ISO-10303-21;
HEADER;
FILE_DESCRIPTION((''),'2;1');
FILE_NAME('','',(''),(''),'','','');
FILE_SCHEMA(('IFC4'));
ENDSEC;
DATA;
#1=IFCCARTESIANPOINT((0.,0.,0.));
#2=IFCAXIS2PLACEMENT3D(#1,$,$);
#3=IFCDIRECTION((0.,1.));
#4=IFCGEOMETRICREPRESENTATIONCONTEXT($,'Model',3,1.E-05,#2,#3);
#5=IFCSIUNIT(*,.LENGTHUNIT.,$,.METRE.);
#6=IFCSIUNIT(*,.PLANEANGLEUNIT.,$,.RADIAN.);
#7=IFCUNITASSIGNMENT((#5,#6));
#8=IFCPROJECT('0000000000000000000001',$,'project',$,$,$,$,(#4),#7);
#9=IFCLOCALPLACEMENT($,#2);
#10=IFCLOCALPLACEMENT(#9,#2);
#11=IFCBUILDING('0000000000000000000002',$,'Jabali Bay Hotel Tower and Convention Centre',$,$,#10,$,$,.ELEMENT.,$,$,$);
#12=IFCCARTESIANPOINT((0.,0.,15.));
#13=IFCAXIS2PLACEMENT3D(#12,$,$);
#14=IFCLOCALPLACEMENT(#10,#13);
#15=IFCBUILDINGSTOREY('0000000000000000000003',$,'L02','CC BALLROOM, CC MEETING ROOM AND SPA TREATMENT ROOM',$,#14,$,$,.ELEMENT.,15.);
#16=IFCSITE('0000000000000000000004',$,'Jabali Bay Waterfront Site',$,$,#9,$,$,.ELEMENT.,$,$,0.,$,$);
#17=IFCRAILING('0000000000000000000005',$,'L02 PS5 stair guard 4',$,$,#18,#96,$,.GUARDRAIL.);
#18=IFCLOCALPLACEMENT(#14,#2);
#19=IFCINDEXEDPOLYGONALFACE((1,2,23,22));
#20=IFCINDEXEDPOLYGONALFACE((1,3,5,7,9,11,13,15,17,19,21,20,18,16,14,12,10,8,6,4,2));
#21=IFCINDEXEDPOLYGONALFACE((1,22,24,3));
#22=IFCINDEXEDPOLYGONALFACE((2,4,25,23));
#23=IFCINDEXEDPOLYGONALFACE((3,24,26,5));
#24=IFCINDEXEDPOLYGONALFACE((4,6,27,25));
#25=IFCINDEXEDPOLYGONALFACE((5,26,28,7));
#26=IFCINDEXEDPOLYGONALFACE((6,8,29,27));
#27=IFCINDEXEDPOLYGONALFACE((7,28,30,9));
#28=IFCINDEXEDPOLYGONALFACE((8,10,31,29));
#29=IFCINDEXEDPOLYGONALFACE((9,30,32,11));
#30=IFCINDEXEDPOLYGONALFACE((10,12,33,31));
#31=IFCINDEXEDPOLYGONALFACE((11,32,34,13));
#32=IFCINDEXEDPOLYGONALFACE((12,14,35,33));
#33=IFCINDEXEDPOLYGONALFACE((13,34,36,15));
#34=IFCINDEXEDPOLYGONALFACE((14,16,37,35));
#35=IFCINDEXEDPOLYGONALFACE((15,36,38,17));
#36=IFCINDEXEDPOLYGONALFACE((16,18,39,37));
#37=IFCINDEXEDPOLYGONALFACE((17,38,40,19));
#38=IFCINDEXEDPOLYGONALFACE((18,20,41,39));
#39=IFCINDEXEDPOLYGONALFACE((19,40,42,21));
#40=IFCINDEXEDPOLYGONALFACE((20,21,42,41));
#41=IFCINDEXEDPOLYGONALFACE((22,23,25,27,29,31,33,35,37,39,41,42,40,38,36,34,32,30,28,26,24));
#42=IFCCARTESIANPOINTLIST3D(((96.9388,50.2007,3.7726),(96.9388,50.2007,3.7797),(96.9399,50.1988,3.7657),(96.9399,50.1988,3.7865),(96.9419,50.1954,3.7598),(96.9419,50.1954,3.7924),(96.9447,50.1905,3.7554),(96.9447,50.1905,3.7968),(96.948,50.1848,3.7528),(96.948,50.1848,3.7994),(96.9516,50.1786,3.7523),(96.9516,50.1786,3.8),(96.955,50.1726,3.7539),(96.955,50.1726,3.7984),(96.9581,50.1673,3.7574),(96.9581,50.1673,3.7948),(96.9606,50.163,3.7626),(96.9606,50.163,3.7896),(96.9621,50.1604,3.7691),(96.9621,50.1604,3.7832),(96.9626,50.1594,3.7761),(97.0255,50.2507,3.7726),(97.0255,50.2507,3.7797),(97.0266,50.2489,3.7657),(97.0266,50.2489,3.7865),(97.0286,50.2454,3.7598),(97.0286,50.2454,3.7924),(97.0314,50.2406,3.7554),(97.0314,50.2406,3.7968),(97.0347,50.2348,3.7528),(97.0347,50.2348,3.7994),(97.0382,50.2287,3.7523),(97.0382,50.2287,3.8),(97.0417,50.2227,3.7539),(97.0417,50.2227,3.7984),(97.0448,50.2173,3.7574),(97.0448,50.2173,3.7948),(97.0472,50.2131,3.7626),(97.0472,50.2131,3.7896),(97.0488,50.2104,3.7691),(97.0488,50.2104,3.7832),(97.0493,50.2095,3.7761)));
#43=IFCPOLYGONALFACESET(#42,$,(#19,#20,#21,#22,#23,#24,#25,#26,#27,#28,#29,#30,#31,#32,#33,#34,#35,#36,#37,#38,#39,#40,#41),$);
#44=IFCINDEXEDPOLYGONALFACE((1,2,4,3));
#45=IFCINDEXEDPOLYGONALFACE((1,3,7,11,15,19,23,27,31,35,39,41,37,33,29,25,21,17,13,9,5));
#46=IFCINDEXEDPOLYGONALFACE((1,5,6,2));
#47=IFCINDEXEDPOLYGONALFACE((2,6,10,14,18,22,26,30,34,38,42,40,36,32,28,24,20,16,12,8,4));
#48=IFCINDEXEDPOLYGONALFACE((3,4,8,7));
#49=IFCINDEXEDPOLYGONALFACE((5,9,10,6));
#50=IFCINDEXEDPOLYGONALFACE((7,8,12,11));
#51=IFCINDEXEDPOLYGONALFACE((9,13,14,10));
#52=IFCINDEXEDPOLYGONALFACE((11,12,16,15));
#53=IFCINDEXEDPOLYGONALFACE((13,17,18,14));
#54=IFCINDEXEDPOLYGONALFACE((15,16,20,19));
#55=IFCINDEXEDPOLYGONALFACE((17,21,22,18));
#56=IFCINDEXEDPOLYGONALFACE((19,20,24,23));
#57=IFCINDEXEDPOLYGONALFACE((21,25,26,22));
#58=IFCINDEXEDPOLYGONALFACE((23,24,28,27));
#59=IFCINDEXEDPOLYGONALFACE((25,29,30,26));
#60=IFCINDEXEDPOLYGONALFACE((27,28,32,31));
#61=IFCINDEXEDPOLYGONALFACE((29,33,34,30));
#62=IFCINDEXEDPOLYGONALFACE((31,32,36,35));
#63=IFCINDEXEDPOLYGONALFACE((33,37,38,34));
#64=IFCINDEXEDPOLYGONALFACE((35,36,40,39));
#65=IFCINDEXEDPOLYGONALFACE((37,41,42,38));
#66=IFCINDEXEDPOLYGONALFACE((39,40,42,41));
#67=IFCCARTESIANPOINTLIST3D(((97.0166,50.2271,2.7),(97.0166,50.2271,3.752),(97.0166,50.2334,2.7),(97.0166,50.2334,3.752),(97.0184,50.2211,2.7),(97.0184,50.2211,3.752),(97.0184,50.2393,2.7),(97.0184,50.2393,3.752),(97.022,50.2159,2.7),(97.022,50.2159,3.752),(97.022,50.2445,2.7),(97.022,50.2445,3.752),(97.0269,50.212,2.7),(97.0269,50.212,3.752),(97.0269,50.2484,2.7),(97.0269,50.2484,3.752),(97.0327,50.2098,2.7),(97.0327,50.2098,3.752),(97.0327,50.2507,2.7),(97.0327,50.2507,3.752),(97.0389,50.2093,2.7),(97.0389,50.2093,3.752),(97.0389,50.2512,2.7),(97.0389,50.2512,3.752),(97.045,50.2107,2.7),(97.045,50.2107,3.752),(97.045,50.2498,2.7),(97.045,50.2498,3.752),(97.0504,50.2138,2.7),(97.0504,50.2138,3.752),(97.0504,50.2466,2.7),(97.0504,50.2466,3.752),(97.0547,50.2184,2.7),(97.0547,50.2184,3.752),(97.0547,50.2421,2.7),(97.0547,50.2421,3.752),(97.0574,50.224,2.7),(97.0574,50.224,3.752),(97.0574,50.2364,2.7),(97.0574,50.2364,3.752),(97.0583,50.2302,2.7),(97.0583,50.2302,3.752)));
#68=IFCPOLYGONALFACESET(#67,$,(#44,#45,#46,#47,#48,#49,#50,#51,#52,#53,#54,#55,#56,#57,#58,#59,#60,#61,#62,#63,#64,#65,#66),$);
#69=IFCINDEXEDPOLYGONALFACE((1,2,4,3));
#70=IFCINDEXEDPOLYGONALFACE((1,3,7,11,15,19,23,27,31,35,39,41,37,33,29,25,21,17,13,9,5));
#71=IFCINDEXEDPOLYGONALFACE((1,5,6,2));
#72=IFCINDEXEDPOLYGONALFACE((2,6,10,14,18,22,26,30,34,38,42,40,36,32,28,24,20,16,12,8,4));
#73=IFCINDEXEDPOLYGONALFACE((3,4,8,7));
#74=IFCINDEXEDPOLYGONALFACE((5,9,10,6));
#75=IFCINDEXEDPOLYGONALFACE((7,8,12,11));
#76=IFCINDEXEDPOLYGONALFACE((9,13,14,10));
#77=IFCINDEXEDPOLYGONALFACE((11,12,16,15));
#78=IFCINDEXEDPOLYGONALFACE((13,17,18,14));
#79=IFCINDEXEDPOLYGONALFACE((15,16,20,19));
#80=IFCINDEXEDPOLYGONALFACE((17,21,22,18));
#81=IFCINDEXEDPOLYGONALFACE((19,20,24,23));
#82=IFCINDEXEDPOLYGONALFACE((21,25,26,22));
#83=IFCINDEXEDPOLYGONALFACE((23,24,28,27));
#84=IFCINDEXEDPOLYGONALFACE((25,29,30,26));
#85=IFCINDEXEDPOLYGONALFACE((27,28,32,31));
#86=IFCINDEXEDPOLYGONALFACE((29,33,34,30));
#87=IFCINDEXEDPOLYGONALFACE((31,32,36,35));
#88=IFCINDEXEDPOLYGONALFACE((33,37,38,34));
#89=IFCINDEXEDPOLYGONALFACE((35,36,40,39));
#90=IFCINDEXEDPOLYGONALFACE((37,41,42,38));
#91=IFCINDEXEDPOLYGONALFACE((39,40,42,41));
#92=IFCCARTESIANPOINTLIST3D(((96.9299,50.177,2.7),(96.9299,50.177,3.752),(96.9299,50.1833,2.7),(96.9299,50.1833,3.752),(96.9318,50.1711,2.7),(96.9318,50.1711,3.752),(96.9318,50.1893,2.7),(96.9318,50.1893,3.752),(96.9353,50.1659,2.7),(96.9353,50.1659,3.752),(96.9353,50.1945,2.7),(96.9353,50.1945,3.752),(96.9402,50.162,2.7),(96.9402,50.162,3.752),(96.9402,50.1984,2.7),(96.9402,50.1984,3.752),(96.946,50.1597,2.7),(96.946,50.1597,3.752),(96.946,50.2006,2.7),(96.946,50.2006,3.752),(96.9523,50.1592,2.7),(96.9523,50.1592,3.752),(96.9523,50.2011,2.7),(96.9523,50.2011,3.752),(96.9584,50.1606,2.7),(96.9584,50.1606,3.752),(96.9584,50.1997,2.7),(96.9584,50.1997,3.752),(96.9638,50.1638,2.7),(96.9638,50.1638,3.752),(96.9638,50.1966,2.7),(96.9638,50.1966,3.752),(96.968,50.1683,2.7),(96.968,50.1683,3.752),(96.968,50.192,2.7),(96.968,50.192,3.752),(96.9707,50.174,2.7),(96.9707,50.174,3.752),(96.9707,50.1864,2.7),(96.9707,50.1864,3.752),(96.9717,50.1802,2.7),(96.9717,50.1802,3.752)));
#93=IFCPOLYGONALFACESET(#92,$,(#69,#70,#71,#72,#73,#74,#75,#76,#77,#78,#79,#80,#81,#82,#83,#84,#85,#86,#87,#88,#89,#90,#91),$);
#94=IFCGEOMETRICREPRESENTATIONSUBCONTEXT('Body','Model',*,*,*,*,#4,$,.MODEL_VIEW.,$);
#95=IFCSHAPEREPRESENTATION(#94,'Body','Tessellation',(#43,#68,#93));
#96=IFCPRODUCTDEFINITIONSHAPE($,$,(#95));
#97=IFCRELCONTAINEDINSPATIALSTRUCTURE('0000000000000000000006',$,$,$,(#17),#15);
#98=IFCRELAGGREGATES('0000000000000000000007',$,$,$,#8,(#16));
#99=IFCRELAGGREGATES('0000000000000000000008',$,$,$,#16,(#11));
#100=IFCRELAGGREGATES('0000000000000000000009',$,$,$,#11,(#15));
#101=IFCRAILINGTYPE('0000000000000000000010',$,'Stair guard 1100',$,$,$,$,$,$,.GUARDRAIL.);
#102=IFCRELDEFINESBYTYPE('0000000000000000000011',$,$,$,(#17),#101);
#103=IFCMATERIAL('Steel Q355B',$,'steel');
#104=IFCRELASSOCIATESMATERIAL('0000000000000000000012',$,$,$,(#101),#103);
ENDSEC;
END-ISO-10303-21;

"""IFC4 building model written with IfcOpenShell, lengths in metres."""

from ifc_helpers import new_model, si_unit, direction, frame, origin, origin_2d, place, context, subcontext, project, spatial, circle, extrude, material, type_object, element, save


model = new_model("IFC4")

# Units and contexts
model_context = context("Model", 3, precision=1e-05, world=origin(), true_north=direction((0.0, 1.0)))
body_context = subcontext(model_context, "Body", "Model", "MODEL_VIEW")
ifc_project = project(units=[si_unit("LENGTHUNIT", "METRE"), si_unit("PLANEANGLEUNIT", "RADIAN")], contexts=[model_context])

# Site, building, storey
site_placement = place(None, origin())
site = spatial("IfcSite", under=ifc_project, at=site_placement, Name="Jabali Bay Waterfront Site", CompositionType="ELEMENT", RefElevation=0.0)
building_placement = place(site_placement, origin())
building = spatial("IfcBuilding", under=site, at=building_placement, Name="Jabali Bay Hotel Tower and Convention Centre", CompositionType="ELEMENT")
storey_placement = place(building_placement, frame((0.0, 0.0, 15.0)))
storey = spatial("IfcBuildingStorey", under=building, at=storey_placement, Name="L02", Description="CC BALLROOM, CC MEETING ROOM AND SPA TREATMENT ROOM", CompositionType="ELEMENT", Elevation=15.0)

# Railing
ifc_material_1 = material(Name="Steel Q355B", Category="steel")
railing_type_1 = type_object("IfcRailingType", Name="Stair guard 1100", PredefinedType="GUARDRAIL", material=ifc_material_1)
railing_1_placement = place(storey_placement, frame((97.0374, 50.2302, 2.7)))
element("IfcRailing", 1, at=railing_1_placement, inside=storey, type_object=railing_type_1, Name="L02 PS5 stair guard 4", PredefinedType="GUARDRAIL", context=body_context, shape_type="SweptSolid", body=[
    extrude(circle(Radius=0.0239, at=origin_2d()), frame((0.0, 0.0, 1.0762), z_axis=(-0.865982, -0.500074, 0.0), x_axis=(0.500074, -0.865982, 0.0)), (0.0, 0.0, 1.0), 0.1001),
    extrude(circle(Radius=0.021, at=origin_2d()), origin(), (0.0, 0.0, 1.0), 1.052),
    extrude(circle(Radius=0.021, at=origin_2d()), frame((-0.0867, -0.05, 0.0)), (0.0, 0.0, 1.0), 1.052),
])

save(model, "model.ifc")
